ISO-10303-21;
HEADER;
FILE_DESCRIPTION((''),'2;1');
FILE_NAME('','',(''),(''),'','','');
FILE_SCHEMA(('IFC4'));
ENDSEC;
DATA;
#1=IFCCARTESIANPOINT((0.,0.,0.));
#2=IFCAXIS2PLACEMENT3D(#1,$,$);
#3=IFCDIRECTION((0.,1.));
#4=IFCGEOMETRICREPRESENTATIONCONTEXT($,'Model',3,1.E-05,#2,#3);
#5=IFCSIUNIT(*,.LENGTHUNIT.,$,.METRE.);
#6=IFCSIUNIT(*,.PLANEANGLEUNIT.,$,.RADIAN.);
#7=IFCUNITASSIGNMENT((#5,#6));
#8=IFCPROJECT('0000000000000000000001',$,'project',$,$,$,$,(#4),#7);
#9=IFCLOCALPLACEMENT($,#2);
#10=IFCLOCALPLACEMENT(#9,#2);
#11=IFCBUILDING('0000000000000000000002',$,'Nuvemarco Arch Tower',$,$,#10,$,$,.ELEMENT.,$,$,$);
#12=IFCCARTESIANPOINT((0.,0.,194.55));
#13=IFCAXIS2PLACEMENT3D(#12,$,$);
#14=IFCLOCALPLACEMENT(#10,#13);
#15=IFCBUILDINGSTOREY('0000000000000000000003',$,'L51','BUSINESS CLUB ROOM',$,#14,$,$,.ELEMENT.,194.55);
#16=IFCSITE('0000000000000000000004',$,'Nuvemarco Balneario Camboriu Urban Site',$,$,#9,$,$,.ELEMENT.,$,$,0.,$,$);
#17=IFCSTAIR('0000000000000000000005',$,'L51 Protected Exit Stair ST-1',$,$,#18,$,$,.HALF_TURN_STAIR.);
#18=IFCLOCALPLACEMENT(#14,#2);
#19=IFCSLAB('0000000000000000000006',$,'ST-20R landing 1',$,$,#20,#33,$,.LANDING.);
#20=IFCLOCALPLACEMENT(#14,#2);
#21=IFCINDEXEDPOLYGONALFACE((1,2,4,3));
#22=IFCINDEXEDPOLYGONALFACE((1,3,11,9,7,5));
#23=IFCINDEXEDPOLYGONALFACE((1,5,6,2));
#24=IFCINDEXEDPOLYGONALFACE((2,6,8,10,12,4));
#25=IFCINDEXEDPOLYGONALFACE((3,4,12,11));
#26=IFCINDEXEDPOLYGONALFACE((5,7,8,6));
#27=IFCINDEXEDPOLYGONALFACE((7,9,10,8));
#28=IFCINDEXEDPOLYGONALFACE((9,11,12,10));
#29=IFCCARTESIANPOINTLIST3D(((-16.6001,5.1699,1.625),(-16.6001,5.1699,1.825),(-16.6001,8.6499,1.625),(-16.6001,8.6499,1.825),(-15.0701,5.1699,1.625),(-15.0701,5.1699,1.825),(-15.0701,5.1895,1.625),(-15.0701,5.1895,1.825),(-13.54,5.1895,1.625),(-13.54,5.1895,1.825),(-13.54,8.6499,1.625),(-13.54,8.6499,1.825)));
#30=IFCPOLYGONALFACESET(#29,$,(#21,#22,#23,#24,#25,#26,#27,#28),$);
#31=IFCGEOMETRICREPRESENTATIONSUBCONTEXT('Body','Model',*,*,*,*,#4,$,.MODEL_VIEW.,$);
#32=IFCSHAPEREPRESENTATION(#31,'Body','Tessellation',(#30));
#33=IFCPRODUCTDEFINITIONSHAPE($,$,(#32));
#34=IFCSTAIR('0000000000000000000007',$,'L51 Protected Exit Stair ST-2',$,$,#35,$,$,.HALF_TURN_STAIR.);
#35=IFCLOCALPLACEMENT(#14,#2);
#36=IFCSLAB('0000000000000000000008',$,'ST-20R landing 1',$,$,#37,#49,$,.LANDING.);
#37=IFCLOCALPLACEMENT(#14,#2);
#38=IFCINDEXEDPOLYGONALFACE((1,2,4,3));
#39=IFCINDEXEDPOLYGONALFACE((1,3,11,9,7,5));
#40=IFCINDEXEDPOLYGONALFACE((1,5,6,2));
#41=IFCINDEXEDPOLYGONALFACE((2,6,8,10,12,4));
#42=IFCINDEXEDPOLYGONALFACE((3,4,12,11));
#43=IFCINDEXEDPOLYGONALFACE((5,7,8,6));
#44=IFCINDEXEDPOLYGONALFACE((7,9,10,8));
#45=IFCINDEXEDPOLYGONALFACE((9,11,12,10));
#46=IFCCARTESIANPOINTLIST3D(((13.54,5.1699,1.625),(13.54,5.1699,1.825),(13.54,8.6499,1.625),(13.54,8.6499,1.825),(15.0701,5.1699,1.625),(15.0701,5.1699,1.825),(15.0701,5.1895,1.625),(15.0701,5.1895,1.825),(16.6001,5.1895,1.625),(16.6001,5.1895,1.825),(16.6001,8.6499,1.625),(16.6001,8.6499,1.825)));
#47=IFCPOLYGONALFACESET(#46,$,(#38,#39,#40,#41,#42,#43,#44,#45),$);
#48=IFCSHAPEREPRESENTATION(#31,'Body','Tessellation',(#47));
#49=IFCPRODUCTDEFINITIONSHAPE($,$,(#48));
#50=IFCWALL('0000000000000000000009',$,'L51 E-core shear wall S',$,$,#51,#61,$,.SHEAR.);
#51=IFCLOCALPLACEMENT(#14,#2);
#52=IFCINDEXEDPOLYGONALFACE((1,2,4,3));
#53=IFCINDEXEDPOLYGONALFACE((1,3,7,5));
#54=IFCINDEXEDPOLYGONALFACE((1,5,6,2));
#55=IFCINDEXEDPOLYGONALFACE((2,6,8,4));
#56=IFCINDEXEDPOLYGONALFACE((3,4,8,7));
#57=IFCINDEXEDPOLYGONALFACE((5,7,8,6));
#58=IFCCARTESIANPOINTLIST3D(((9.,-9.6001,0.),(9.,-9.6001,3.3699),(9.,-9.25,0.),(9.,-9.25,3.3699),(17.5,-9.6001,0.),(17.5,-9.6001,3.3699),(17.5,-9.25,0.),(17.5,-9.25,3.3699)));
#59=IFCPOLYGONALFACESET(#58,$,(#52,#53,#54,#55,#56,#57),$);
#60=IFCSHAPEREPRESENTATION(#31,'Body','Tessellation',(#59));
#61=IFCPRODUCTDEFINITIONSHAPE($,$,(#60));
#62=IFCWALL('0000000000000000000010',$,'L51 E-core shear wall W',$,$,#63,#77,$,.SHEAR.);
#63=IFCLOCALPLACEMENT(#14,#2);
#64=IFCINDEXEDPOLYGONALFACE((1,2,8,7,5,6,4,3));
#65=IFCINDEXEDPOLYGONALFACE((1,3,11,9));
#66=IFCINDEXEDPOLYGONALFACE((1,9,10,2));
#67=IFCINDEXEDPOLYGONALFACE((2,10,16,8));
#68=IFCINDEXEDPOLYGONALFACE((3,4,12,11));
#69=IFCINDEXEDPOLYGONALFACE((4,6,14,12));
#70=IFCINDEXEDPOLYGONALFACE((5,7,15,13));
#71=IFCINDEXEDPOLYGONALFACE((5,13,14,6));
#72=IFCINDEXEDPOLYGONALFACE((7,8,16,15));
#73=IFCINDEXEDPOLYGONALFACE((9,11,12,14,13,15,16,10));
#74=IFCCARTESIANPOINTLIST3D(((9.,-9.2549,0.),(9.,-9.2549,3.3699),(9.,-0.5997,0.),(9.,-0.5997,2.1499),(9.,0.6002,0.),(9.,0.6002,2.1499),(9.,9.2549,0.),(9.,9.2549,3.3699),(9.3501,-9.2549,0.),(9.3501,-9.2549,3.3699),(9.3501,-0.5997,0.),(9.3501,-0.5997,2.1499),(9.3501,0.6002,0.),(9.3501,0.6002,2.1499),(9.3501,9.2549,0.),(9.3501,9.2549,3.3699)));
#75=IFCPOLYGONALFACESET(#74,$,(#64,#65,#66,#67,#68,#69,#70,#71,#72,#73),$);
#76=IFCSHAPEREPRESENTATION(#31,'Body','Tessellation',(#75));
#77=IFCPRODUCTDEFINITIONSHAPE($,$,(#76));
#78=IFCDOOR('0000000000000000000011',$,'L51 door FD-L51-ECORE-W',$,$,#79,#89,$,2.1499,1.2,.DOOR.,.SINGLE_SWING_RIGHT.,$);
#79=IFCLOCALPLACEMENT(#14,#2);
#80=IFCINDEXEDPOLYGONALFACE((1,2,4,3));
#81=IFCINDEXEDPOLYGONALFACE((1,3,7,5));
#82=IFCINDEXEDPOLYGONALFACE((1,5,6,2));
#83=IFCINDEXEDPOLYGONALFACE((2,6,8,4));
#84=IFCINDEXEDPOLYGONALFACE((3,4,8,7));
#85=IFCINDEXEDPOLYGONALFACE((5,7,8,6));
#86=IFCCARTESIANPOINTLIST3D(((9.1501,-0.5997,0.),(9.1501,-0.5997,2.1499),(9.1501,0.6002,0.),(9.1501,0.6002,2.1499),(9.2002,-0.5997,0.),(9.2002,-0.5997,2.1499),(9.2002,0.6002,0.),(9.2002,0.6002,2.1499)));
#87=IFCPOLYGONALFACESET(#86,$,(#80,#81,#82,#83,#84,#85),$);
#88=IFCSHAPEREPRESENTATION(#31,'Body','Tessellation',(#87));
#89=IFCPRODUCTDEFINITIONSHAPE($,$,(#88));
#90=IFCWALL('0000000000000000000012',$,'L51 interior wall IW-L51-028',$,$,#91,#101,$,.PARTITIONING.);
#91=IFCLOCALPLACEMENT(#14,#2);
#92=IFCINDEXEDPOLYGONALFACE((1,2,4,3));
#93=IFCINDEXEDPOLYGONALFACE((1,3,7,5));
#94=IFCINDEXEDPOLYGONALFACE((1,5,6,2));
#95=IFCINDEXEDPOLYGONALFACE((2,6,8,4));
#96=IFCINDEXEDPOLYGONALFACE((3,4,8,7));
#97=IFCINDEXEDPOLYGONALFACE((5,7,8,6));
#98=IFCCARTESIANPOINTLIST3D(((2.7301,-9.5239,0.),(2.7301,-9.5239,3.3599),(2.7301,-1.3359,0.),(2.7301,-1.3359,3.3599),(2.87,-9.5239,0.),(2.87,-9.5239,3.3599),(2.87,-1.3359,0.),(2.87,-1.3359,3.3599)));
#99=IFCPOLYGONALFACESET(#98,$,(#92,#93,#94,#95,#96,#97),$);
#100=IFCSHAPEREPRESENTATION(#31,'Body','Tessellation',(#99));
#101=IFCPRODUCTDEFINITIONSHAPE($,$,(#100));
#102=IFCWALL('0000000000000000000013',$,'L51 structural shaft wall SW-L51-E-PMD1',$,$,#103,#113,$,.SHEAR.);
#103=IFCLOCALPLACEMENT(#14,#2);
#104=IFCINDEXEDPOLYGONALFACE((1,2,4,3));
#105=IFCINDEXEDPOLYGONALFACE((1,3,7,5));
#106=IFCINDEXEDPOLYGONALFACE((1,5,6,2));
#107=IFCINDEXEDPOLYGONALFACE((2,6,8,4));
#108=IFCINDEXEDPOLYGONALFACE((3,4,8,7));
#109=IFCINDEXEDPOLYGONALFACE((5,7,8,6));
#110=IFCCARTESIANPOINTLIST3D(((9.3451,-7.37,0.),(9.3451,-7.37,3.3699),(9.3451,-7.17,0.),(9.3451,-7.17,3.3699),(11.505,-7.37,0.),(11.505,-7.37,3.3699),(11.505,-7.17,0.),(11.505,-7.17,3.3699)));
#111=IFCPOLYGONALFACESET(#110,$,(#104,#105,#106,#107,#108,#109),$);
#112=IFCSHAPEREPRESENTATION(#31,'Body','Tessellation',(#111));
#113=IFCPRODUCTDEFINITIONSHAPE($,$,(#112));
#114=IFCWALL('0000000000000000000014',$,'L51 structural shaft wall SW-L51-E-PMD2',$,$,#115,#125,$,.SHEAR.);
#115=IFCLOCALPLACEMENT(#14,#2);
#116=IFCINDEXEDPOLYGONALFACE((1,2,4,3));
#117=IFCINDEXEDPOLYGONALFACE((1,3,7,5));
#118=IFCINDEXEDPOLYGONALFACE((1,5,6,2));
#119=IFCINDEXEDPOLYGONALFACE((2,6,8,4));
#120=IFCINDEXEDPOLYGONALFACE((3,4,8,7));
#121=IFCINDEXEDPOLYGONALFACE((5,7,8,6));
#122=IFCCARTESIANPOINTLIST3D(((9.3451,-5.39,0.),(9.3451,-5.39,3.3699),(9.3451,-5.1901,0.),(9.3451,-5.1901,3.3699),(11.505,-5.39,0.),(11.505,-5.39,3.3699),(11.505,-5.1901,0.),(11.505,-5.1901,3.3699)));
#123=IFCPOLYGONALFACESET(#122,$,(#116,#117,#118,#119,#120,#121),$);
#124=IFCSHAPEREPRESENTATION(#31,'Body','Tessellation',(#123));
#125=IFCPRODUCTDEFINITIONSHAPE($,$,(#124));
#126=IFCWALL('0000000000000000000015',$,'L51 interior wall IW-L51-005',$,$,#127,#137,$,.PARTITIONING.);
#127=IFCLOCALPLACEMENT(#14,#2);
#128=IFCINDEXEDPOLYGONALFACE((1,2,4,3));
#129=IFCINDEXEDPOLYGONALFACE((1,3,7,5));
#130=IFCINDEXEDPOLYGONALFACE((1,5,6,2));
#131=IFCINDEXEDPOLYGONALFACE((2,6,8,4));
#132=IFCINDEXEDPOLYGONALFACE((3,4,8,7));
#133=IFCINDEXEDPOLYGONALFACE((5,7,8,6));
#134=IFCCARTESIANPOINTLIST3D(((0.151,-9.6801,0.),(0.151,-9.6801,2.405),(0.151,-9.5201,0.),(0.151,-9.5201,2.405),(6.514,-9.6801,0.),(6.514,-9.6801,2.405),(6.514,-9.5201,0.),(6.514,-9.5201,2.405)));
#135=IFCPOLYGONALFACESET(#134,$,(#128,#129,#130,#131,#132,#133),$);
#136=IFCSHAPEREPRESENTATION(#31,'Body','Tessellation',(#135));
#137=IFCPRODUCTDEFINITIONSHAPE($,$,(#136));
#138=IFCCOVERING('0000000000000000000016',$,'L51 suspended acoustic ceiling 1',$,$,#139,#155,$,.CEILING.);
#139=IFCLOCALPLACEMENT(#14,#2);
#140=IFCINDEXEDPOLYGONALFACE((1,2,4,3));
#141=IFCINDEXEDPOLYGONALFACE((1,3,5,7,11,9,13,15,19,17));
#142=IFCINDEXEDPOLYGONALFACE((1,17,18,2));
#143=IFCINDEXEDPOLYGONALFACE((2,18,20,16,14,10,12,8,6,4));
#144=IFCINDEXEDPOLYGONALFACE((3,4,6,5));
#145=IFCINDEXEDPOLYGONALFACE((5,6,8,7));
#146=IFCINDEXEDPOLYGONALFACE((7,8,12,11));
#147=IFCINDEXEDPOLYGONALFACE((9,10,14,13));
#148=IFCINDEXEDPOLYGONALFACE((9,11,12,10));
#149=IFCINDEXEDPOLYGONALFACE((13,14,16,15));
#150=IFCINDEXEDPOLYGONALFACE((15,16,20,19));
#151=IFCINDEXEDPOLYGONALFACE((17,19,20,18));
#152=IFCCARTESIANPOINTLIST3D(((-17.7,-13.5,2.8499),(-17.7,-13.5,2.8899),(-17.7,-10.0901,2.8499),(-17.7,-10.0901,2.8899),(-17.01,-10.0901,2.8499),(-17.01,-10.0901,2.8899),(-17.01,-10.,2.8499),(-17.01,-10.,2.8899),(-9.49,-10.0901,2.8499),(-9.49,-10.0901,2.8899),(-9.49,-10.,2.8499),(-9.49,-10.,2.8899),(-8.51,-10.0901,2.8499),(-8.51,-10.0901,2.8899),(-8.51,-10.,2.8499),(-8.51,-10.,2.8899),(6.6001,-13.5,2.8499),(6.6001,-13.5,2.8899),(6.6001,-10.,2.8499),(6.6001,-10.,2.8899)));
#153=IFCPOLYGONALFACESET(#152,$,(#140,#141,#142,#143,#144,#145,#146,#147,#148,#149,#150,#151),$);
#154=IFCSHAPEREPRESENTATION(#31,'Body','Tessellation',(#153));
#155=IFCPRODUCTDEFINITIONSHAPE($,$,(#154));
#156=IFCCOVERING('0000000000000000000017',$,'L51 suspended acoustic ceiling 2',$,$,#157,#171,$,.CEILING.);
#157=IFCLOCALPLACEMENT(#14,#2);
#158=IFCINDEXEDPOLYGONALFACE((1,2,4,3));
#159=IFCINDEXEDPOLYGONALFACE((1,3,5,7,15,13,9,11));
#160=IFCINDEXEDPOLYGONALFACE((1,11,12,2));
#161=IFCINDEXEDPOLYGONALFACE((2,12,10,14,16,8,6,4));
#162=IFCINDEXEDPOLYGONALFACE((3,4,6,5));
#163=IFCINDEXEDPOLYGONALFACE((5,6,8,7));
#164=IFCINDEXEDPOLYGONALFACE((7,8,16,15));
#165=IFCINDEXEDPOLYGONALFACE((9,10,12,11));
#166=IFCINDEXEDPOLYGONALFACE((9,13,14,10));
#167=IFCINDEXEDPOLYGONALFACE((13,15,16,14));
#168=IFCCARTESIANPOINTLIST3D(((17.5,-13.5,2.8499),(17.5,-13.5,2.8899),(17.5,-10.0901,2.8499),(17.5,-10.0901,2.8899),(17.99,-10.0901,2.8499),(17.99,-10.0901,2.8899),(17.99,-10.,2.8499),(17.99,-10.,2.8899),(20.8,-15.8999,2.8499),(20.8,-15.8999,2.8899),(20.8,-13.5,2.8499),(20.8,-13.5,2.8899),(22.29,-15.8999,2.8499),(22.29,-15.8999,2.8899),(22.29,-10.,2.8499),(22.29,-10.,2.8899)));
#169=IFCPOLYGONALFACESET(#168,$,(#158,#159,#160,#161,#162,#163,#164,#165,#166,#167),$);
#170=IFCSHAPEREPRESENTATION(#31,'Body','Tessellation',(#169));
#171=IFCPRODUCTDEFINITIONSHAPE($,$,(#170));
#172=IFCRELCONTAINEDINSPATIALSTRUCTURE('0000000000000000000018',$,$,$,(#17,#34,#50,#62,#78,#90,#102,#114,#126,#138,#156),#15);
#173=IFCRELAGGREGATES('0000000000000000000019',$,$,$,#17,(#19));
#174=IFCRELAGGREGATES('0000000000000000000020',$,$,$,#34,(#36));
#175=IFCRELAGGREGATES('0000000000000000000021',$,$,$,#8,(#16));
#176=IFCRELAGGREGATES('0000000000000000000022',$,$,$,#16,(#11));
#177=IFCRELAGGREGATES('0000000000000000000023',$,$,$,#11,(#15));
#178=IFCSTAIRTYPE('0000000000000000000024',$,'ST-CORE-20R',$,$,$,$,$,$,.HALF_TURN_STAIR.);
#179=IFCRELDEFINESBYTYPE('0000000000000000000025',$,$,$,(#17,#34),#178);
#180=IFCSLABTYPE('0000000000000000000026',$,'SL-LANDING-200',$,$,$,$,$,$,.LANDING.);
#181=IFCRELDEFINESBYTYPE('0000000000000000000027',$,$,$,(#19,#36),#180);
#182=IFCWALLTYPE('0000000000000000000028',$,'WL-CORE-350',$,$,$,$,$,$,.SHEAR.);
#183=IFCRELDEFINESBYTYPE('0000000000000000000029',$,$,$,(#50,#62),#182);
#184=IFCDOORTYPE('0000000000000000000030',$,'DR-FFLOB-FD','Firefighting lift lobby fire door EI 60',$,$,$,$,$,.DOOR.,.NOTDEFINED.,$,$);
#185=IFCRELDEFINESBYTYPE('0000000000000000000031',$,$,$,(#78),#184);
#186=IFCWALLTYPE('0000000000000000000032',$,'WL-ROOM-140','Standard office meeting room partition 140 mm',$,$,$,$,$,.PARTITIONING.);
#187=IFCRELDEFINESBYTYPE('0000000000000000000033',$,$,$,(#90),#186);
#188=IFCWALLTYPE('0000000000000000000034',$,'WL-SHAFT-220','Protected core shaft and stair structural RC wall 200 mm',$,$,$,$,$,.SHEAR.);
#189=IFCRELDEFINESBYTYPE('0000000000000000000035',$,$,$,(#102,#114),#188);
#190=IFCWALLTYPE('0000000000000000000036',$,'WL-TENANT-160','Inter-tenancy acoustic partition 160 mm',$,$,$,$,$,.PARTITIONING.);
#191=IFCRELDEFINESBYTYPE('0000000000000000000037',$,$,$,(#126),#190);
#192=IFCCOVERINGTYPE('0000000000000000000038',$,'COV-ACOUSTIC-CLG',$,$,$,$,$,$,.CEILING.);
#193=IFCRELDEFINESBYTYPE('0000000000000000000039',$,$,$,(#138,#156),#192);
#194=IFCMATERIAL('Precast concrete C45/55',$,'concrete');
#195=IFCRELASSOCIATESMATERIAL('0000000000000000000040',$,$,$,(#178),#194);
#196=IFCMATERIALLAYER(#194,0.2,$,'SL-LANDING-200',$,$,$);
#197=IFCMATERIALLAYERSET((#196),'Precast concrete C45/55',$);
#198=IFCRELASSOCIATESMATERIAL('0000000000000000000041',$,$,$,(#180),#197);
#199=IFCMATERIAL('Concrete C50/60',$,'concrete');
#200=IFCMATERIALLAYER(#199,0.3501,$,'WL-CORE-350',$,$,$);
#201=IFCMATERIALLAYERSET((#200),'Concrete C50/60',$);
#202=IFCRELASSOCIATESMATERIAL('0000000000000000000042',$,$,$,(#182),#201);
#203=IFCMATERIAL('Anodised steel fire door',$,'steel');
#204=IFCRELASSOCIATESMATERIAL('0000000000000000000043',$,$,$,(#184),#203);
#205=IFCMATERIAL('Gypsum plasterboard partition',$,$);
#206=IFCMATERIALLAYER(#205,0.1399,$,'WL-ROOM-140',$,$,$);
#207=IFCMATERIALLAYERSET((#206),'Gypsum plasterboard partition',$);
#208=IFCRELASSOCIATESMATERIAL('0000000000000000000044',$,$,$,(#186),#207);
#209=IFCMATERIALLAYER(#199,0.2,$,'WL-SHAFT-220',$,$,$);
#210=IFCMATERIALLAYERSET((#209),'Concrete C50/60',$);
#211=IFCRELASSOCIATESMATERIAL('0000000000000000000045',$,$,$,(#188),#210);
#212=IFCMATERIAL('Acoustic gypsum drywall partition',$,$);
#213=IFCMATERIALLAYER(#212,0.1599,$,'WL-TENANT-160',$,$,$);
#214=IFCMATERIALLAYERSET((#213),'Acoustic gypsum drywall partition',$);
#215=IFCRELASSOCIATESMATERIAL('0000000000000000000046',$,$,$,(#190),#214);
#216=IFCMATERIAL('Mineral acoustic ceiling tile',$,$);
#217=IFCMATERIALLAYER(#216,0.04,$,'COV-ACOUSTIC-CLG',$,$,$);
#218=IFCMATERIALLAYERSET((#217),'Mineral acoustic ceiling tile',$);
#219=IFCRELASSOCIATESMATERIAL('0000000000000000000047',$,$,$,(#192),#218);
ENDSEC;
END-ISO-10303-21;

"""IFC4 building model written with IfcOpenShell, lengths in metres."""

from ifc_helpers import new_model, si_unit, direction, frame, frame_2d, origin, place, context, subcontext, project, spatial, polyline, rectangle, outline, extrude, source, transform, mapped, material, layer, layer_set, type_object, type_shapes, element, fill, aggregate, save


model = new_model("IFC4")

# Units and contexts
model_context = context("Model", 3, precision=1e-05, world=origin(), true_north=direction((0.0, 1.0)))
body_context = subcontext(model_context, "Body", "Model", "MODEL_VIEW")
ifc_project = project(units=[si_unit("LENGTHUNIT", "METRE"), si_unit("PLANEANGLEUNIT", "RADIAN")], contexts=[model_context])

# Site, building, storey
site_placement = place(None, origin())
site = spatial("IfcSite", under=ifc_project, at=site_placement, Name="Nuvemarco Balneario Camboriu Urban Site", CompositionType="ELEMENT", RefElevation=0.0)
building_placement = place(site_placement, origin())
building = spatial("IfcBuilding", under=site, at=building_placement, Name="Nuvemarco Arch Tower", CompositionType="ELEMENT")
storey_placement = place(building_placement, frame((0.0, 0.0, 194.55)))
storey = spatial("IfcBuildingStorey", under=building, at=storey_placement, Name="L51", Description="BUSINESS CLUB ROOM", CompositionType="ELEMENT", Elevation=194.55)

# Shared definitions
ifc_material_1 = material(Name="Concrete C50/60", Category="concrete")

# Stairs, slabs
ifc_material_2 = material(Name="Precast concrete C45/55", Category="concrete")
stair_type = type_object("IfcStairType", Name="ST-CORE-20R", PredefinedType="HALF_TURN_STAIR", material=ifc_material_2)
stair_1_placement = place(storey_placement, origin())
stair_1 = element("IfcStair", 1, at=stair_1_placement, inside=storey, type_object=stair_type, Name="L51 Protected Exit Stair ST-1", PredefinedType="HALF_TURN_STAIR")
ifc_layer_1 = layer(ifc_material_2, 0.2, Name="SL-LANDING-200")
ifc_layer_set_1 = layer_set([ifc_layer_1], Name="Precast concrete C45/55")
slab_type = type_object("IfcSlabType", Name="SL-LANDING-200", PredefinedType="LANDING", material=ifc_layer_set_1)
slab_1_placement = place(storey_placement, frame((0.0, 0.0, 1.625)))
slab_1 = element("IfcSlab", 2, at=slab_1_placement, type_object=slab_type, Name="ST-20R landing 1", PredefinedType="LANDING", context=body_context, shape_type="SweptSolid", body=[
    extrude(outline(polyline([(-13.54, 5.1895), (-13.54, 8.6499), (-16.6001, 8.6499), (-16.6001, 5.1699), (-15.0701, 5.1699), (-15.0701, 5.1895), (-13.54, 5.1895)])), origin(), (0.0, 0.0, 1.0), 0.2),
])
aggregate(stair_1, [slab_1])
stair_2_placement = place(storey_placement, origin())
stair_2 = element("IfcStair", 3, at=stair_2_placement, inside=storey, type_object=stair_type, Name="L51 Protected Exit Stair ST-2", PredefinedType="HALF_TURN_STAIR")
slab_2_placement = place(storey_placement, frame((0.0, 0.0, 1.625)))
slab_2 = element("IfcSlab", 4, at=slab_2_placement, type_object=slab_type, Name="ST-20R landing 1", PredefinedType="LANDING", context=body_context, shape_type="SweptSolid", body=[
    extrude(outline(polyline([(16.6001, 5.1895), (16.6001, 8.6499), (13.54, 8.6499), (13.54, 5.1699), (15.0701, 5.1699), (15.0701, 5.1895), (16.6001, 5.1895)])), origin(), (0.0, 0.0, 1.0), 0.2),
])
aggregate(stair_2, [slab_2])

# Wall
ifc_layer_2 = layer(ifc_material_1, 0.3501, Name="WL-CORE-350")
ifc_layer_set_2 = layer_set([ifc_layer_2], Name="Concrete C50/60")
wall_type_1 = type_object("IfcWallType", Name="WL-CORE-350", PredefinedType="SHEAR", material=ifc_layer_set_2)
wall_1_placement = place(storey_placement, frame((9.0, -9.425, 0.0), z_axis=(0.0, 0.0, 1.0), x_axis=(1.0, 0.0, 0.0)))
element("IfcWall", 5, at=wall_1_placement, inside=storey, type_object=wall_type_1, Name="L51 E-core shear wall S", PredefinedType="SHEAR", context=body_context, shape_type="SweptSolid", body=[
    extrude(rectangle(XDim=8.5, YDim=0.3501, at=frame_2d((4.25, 0.0))), origin(), (0.0, 0.0, 1.0), 3.3699),
])

# Wall, opening, door
wall_2_placement = place(storey_placement, frame((9.175, -9.2549, 0.0), z_axis=(0.0, 0.0, 1.0), x_axis=(0.0, 1.0, 0.0)))
wall_2 = element("IfcWall", 6, at=wall_2_placement, inside=storey, type_object=wall_type_1, Name="L51 E-core shear wall W", PredefinedType="SHEAR", context=body_context, shape_type="SweptSolid", body=[
    extrude(rectangle(XDim=18.5098, YDim=0.3501, at=frame_2d((9.2549, 0.0))), origin(), (0.0, 0.0, 1.0), 3.3699),
])
opening_placement = place(wall_2_placement, frame((8.655, 0.0, 0.0)))
opening = element("IfcOpeningElement", 7, at=opening_placement, cuts=wall_2, PredefinedType="OPENING", context=body_context, shape_type="SweptSolid", body=[
    extrude(rectangle(XDim=1.2, YDim=2.1499, at=frame_2d((0.6001, 1.075))), frame((0.0, 0.1851, 0.0), z_axis=(0.0, -1.0, 0.0), x_axis=(1.0, 0.0, 0.0)), (0.0, 0.0, 1.0), 0.3701),
])
ifc_material_3 = material(Name="Anodised steel fire door", Category="steel")
door_type = type_object("IfcDoorType", Name="DR-FFLOB-FD", Description="Firefighting lift lobby fire door EI 60", OperationType="NOTDEFINED", PredefinedType="DOOR", material=ifc_material_3)
shared_shape = source(origin(), body_context, "Body", "SweptSolid", [
    extrude(rectangle(XDim=1.2, YDim=2.1499, at=frame_2d((0.6001, 1.075))), frame((0.0, 0.0249, 0.0), z_axis=(0.0, -1.0, 0.0), x_axis=(1.0, 0.0, 0.0)), (0.0, 0.0, 1.0), 0.05),
])
type_shapes(door_type, [shared_shape])
door_placement = place(opening_placement, origin())
door = element("IfcDoor", 8, at=door_placement, inside=storey, type_object=door_type, Name="L51 door FD-L51-ECORE-W", OperationType="SINGLE_SWING_RIGHT", OverallHeight=2.1499, OverallWidth=1.2, PredefinedType="DOOR", context=body_context, shape_type="MappedRepresentation", body=[
    mapped(shared_shape, transform((0.0, 0.0, 0.0), scale=1.0)),
])
fill(opening, door)

# Walls
ifc_material_4 = material(Name="Gypsum plasterboard partition")
ifc_layer_3 = layer(ifc_material_4, 0.1399, Name="WL-ROOM-140")
ifc_layer_set_3 = layer_set([ifc_layer_3], Name="Gypsum plasterboard partition")
wall_type_2 = type_object("IfcWallType", Name="WL-ROOM-140", Description="Standard office meeting room partition 140 mm", PredefinedType="PARTITIONING", material=ifc_layer_set_3)
wall_3_placement = place(storey_placement, frame((2.8, -9.5239, 0.0), z_axis=(0.0, 0.0, 1.0), x_axis=(0.0, 1.0, 0.0)))
element("IfcWall", 9, at=wall_3_placement, inside=storey, type_object=wall_type_2, Name="L51 interior wall IW-L51-028", PredefinedType="PARTITIONING", context=body_context, shape_type="SweptSolid", body=[
    extrude(rectangle(XDim=8.188, YDim=0.1399, at=frame_2d((4.094, 0.0))), origin(), (0.0, 0.0, 1.0), 3.3599),
])
ifc_layer_4 = layer(ifc_material_1, 0.2, Name="WL-SHAFT-220")
ifc_layer_set_4 = layer_set([ifc_layer_4], Name="Concrete C50/60")
wall_type_3 = type_object("IfcWallType", Name="WL-SHAFT-220", Description="Protected core shaft and stair structural RC wall 200 mm", PredefinedType="SHEAR", material=ifc_layer_set_4)
for number, where, z_axis, x_axis, name in (
    (10, (9.345, -7.27, 0.0), (0.0, 0.0, 1.0), (1.0, 0.0, 0.0), "L51 structural shaft wall SW-L51-E-PMD1"),
    (11, (9.345, -5.29, 0.0), (0.0, 0.0, 1.0), (1.0, 0.0, 0.0), "L51 structural shaft wall SW-L51-E-PMD2"),
):
    element("IfcWall", number, at=place(storey_placement, frame(where, z_axis=z_axis, x_axis=x_axis)), inside=storey, type_object=wall_type_3, Name=name, PredefinedType="SHEAR", context=body_context, shape_type="SweptSolid", body=[
        extrude(rectangle(XDim=2.1599, YDim=0.2, at=frame_2d((1.0801, 0.0))), origin(), (0.0, 0.0, 1.0), 3.3699),
    ])
ifc_material_5 = material(Name="Acoustic gypsum drywall partition")
ifc_layer_5 = layer(ifc_material_5, 0.1599, Name="WL-TENANT-160")
ifc_layer_set_5 = layer_set([ifc_layer_5], Name="Acoustic gypsum drywall partition")
wall_type_4 = type_object("IfcWallType", Name="WL-TENANT-160", Description="Inter-tenancy acoustic partition 160 mm", PredefinedType="PARTITIONING", material=ifc_layer_set_5)
wall_4_placement = place(storey_placement, frame((0.1509, -9.6001, 0.0), z_axis=(0.0, 0.0, 1.0), x_axis=(1.0, 0.0, 0.0)))
element("IfcWall", 12, at=wall_4_placement, inside=storey, type_object=wall_type_4, Name="L51 interior wall IW-L51-005", PredefinedType="PARTITIONING", context=body_context, shape_type="SweptSolid", body=[
    extrude(rectangle(XDim=6.363, YDim=0.1599, at=frame_2d((3.1816, 0.0))), origin(), (0.0, 0.0, 1.0), 2.405),
])

# Coverings
ifc_material_6 = material(Name="Mineral acoustic ceiling tile")
ifc_layer_6 = layer(ifc_material_6, 0.04, Name="COV-ACOUSTIC-CLG")
ifc_layer_set_6 = layer_set([ifc_layer_6], Name="Mineral acoustic ceiling tile")
covering_type = type_object("IfcCoveringType", Name="COV-ACOUSTIC-CLG", PredefinedType="CEILING", material=ifc_layer_set_6)
covering_1_placement = place(storey_placement, frame((0.0, 0.0, 2.8499)))
element("IfcCovering", 13, at=covering_1_placement, inside=storey, type_object=covering_type, Name="L51 suspended acoustic ceiling 1", PredefinedType="CEILING", context=body_context, shape_type="SweptSolid", body=[
    extrude(outline(polyline([(-9.49, -10.0901), (-8.51, -10.0901), (-8.51, -10.0), (6.6001, -10.0), (6.6001, -13.5), (-17.7, -13.5), (-17.7, -10.0901), (-17.01, -10.0901), (-17.01, -10.0), (-9.49, -10.0), (-9.49, -10.0901)])), origin(), (0.0, 0.0, 1.0), 0.04),
])
covering_2_placement = place(storey_placement, frame((0.0, 0.0, 2.8499)))
element("IfcCovering", 14, at=covering_2_placement, inside=storey, type_object=covering_type, Name="L51 suspended acoustic ceiling 2", PredefinedType="CEILING", context=body_context, shape_type="SweptSolid", body=[
    extrude(outline(polyline([(17.5, -10.0901), (17.99, -10.0901), (17.99, -10.0), (22.29, -10.0), (22.29, -15.8999), (20.8, -15.8999), (20.8, -13.5), (17.5, -13.5), (17.5, -10.0901)])), origin(), (0.0, 0.0, 1.0), 0.04),
])

save(model, "model.ifc")
